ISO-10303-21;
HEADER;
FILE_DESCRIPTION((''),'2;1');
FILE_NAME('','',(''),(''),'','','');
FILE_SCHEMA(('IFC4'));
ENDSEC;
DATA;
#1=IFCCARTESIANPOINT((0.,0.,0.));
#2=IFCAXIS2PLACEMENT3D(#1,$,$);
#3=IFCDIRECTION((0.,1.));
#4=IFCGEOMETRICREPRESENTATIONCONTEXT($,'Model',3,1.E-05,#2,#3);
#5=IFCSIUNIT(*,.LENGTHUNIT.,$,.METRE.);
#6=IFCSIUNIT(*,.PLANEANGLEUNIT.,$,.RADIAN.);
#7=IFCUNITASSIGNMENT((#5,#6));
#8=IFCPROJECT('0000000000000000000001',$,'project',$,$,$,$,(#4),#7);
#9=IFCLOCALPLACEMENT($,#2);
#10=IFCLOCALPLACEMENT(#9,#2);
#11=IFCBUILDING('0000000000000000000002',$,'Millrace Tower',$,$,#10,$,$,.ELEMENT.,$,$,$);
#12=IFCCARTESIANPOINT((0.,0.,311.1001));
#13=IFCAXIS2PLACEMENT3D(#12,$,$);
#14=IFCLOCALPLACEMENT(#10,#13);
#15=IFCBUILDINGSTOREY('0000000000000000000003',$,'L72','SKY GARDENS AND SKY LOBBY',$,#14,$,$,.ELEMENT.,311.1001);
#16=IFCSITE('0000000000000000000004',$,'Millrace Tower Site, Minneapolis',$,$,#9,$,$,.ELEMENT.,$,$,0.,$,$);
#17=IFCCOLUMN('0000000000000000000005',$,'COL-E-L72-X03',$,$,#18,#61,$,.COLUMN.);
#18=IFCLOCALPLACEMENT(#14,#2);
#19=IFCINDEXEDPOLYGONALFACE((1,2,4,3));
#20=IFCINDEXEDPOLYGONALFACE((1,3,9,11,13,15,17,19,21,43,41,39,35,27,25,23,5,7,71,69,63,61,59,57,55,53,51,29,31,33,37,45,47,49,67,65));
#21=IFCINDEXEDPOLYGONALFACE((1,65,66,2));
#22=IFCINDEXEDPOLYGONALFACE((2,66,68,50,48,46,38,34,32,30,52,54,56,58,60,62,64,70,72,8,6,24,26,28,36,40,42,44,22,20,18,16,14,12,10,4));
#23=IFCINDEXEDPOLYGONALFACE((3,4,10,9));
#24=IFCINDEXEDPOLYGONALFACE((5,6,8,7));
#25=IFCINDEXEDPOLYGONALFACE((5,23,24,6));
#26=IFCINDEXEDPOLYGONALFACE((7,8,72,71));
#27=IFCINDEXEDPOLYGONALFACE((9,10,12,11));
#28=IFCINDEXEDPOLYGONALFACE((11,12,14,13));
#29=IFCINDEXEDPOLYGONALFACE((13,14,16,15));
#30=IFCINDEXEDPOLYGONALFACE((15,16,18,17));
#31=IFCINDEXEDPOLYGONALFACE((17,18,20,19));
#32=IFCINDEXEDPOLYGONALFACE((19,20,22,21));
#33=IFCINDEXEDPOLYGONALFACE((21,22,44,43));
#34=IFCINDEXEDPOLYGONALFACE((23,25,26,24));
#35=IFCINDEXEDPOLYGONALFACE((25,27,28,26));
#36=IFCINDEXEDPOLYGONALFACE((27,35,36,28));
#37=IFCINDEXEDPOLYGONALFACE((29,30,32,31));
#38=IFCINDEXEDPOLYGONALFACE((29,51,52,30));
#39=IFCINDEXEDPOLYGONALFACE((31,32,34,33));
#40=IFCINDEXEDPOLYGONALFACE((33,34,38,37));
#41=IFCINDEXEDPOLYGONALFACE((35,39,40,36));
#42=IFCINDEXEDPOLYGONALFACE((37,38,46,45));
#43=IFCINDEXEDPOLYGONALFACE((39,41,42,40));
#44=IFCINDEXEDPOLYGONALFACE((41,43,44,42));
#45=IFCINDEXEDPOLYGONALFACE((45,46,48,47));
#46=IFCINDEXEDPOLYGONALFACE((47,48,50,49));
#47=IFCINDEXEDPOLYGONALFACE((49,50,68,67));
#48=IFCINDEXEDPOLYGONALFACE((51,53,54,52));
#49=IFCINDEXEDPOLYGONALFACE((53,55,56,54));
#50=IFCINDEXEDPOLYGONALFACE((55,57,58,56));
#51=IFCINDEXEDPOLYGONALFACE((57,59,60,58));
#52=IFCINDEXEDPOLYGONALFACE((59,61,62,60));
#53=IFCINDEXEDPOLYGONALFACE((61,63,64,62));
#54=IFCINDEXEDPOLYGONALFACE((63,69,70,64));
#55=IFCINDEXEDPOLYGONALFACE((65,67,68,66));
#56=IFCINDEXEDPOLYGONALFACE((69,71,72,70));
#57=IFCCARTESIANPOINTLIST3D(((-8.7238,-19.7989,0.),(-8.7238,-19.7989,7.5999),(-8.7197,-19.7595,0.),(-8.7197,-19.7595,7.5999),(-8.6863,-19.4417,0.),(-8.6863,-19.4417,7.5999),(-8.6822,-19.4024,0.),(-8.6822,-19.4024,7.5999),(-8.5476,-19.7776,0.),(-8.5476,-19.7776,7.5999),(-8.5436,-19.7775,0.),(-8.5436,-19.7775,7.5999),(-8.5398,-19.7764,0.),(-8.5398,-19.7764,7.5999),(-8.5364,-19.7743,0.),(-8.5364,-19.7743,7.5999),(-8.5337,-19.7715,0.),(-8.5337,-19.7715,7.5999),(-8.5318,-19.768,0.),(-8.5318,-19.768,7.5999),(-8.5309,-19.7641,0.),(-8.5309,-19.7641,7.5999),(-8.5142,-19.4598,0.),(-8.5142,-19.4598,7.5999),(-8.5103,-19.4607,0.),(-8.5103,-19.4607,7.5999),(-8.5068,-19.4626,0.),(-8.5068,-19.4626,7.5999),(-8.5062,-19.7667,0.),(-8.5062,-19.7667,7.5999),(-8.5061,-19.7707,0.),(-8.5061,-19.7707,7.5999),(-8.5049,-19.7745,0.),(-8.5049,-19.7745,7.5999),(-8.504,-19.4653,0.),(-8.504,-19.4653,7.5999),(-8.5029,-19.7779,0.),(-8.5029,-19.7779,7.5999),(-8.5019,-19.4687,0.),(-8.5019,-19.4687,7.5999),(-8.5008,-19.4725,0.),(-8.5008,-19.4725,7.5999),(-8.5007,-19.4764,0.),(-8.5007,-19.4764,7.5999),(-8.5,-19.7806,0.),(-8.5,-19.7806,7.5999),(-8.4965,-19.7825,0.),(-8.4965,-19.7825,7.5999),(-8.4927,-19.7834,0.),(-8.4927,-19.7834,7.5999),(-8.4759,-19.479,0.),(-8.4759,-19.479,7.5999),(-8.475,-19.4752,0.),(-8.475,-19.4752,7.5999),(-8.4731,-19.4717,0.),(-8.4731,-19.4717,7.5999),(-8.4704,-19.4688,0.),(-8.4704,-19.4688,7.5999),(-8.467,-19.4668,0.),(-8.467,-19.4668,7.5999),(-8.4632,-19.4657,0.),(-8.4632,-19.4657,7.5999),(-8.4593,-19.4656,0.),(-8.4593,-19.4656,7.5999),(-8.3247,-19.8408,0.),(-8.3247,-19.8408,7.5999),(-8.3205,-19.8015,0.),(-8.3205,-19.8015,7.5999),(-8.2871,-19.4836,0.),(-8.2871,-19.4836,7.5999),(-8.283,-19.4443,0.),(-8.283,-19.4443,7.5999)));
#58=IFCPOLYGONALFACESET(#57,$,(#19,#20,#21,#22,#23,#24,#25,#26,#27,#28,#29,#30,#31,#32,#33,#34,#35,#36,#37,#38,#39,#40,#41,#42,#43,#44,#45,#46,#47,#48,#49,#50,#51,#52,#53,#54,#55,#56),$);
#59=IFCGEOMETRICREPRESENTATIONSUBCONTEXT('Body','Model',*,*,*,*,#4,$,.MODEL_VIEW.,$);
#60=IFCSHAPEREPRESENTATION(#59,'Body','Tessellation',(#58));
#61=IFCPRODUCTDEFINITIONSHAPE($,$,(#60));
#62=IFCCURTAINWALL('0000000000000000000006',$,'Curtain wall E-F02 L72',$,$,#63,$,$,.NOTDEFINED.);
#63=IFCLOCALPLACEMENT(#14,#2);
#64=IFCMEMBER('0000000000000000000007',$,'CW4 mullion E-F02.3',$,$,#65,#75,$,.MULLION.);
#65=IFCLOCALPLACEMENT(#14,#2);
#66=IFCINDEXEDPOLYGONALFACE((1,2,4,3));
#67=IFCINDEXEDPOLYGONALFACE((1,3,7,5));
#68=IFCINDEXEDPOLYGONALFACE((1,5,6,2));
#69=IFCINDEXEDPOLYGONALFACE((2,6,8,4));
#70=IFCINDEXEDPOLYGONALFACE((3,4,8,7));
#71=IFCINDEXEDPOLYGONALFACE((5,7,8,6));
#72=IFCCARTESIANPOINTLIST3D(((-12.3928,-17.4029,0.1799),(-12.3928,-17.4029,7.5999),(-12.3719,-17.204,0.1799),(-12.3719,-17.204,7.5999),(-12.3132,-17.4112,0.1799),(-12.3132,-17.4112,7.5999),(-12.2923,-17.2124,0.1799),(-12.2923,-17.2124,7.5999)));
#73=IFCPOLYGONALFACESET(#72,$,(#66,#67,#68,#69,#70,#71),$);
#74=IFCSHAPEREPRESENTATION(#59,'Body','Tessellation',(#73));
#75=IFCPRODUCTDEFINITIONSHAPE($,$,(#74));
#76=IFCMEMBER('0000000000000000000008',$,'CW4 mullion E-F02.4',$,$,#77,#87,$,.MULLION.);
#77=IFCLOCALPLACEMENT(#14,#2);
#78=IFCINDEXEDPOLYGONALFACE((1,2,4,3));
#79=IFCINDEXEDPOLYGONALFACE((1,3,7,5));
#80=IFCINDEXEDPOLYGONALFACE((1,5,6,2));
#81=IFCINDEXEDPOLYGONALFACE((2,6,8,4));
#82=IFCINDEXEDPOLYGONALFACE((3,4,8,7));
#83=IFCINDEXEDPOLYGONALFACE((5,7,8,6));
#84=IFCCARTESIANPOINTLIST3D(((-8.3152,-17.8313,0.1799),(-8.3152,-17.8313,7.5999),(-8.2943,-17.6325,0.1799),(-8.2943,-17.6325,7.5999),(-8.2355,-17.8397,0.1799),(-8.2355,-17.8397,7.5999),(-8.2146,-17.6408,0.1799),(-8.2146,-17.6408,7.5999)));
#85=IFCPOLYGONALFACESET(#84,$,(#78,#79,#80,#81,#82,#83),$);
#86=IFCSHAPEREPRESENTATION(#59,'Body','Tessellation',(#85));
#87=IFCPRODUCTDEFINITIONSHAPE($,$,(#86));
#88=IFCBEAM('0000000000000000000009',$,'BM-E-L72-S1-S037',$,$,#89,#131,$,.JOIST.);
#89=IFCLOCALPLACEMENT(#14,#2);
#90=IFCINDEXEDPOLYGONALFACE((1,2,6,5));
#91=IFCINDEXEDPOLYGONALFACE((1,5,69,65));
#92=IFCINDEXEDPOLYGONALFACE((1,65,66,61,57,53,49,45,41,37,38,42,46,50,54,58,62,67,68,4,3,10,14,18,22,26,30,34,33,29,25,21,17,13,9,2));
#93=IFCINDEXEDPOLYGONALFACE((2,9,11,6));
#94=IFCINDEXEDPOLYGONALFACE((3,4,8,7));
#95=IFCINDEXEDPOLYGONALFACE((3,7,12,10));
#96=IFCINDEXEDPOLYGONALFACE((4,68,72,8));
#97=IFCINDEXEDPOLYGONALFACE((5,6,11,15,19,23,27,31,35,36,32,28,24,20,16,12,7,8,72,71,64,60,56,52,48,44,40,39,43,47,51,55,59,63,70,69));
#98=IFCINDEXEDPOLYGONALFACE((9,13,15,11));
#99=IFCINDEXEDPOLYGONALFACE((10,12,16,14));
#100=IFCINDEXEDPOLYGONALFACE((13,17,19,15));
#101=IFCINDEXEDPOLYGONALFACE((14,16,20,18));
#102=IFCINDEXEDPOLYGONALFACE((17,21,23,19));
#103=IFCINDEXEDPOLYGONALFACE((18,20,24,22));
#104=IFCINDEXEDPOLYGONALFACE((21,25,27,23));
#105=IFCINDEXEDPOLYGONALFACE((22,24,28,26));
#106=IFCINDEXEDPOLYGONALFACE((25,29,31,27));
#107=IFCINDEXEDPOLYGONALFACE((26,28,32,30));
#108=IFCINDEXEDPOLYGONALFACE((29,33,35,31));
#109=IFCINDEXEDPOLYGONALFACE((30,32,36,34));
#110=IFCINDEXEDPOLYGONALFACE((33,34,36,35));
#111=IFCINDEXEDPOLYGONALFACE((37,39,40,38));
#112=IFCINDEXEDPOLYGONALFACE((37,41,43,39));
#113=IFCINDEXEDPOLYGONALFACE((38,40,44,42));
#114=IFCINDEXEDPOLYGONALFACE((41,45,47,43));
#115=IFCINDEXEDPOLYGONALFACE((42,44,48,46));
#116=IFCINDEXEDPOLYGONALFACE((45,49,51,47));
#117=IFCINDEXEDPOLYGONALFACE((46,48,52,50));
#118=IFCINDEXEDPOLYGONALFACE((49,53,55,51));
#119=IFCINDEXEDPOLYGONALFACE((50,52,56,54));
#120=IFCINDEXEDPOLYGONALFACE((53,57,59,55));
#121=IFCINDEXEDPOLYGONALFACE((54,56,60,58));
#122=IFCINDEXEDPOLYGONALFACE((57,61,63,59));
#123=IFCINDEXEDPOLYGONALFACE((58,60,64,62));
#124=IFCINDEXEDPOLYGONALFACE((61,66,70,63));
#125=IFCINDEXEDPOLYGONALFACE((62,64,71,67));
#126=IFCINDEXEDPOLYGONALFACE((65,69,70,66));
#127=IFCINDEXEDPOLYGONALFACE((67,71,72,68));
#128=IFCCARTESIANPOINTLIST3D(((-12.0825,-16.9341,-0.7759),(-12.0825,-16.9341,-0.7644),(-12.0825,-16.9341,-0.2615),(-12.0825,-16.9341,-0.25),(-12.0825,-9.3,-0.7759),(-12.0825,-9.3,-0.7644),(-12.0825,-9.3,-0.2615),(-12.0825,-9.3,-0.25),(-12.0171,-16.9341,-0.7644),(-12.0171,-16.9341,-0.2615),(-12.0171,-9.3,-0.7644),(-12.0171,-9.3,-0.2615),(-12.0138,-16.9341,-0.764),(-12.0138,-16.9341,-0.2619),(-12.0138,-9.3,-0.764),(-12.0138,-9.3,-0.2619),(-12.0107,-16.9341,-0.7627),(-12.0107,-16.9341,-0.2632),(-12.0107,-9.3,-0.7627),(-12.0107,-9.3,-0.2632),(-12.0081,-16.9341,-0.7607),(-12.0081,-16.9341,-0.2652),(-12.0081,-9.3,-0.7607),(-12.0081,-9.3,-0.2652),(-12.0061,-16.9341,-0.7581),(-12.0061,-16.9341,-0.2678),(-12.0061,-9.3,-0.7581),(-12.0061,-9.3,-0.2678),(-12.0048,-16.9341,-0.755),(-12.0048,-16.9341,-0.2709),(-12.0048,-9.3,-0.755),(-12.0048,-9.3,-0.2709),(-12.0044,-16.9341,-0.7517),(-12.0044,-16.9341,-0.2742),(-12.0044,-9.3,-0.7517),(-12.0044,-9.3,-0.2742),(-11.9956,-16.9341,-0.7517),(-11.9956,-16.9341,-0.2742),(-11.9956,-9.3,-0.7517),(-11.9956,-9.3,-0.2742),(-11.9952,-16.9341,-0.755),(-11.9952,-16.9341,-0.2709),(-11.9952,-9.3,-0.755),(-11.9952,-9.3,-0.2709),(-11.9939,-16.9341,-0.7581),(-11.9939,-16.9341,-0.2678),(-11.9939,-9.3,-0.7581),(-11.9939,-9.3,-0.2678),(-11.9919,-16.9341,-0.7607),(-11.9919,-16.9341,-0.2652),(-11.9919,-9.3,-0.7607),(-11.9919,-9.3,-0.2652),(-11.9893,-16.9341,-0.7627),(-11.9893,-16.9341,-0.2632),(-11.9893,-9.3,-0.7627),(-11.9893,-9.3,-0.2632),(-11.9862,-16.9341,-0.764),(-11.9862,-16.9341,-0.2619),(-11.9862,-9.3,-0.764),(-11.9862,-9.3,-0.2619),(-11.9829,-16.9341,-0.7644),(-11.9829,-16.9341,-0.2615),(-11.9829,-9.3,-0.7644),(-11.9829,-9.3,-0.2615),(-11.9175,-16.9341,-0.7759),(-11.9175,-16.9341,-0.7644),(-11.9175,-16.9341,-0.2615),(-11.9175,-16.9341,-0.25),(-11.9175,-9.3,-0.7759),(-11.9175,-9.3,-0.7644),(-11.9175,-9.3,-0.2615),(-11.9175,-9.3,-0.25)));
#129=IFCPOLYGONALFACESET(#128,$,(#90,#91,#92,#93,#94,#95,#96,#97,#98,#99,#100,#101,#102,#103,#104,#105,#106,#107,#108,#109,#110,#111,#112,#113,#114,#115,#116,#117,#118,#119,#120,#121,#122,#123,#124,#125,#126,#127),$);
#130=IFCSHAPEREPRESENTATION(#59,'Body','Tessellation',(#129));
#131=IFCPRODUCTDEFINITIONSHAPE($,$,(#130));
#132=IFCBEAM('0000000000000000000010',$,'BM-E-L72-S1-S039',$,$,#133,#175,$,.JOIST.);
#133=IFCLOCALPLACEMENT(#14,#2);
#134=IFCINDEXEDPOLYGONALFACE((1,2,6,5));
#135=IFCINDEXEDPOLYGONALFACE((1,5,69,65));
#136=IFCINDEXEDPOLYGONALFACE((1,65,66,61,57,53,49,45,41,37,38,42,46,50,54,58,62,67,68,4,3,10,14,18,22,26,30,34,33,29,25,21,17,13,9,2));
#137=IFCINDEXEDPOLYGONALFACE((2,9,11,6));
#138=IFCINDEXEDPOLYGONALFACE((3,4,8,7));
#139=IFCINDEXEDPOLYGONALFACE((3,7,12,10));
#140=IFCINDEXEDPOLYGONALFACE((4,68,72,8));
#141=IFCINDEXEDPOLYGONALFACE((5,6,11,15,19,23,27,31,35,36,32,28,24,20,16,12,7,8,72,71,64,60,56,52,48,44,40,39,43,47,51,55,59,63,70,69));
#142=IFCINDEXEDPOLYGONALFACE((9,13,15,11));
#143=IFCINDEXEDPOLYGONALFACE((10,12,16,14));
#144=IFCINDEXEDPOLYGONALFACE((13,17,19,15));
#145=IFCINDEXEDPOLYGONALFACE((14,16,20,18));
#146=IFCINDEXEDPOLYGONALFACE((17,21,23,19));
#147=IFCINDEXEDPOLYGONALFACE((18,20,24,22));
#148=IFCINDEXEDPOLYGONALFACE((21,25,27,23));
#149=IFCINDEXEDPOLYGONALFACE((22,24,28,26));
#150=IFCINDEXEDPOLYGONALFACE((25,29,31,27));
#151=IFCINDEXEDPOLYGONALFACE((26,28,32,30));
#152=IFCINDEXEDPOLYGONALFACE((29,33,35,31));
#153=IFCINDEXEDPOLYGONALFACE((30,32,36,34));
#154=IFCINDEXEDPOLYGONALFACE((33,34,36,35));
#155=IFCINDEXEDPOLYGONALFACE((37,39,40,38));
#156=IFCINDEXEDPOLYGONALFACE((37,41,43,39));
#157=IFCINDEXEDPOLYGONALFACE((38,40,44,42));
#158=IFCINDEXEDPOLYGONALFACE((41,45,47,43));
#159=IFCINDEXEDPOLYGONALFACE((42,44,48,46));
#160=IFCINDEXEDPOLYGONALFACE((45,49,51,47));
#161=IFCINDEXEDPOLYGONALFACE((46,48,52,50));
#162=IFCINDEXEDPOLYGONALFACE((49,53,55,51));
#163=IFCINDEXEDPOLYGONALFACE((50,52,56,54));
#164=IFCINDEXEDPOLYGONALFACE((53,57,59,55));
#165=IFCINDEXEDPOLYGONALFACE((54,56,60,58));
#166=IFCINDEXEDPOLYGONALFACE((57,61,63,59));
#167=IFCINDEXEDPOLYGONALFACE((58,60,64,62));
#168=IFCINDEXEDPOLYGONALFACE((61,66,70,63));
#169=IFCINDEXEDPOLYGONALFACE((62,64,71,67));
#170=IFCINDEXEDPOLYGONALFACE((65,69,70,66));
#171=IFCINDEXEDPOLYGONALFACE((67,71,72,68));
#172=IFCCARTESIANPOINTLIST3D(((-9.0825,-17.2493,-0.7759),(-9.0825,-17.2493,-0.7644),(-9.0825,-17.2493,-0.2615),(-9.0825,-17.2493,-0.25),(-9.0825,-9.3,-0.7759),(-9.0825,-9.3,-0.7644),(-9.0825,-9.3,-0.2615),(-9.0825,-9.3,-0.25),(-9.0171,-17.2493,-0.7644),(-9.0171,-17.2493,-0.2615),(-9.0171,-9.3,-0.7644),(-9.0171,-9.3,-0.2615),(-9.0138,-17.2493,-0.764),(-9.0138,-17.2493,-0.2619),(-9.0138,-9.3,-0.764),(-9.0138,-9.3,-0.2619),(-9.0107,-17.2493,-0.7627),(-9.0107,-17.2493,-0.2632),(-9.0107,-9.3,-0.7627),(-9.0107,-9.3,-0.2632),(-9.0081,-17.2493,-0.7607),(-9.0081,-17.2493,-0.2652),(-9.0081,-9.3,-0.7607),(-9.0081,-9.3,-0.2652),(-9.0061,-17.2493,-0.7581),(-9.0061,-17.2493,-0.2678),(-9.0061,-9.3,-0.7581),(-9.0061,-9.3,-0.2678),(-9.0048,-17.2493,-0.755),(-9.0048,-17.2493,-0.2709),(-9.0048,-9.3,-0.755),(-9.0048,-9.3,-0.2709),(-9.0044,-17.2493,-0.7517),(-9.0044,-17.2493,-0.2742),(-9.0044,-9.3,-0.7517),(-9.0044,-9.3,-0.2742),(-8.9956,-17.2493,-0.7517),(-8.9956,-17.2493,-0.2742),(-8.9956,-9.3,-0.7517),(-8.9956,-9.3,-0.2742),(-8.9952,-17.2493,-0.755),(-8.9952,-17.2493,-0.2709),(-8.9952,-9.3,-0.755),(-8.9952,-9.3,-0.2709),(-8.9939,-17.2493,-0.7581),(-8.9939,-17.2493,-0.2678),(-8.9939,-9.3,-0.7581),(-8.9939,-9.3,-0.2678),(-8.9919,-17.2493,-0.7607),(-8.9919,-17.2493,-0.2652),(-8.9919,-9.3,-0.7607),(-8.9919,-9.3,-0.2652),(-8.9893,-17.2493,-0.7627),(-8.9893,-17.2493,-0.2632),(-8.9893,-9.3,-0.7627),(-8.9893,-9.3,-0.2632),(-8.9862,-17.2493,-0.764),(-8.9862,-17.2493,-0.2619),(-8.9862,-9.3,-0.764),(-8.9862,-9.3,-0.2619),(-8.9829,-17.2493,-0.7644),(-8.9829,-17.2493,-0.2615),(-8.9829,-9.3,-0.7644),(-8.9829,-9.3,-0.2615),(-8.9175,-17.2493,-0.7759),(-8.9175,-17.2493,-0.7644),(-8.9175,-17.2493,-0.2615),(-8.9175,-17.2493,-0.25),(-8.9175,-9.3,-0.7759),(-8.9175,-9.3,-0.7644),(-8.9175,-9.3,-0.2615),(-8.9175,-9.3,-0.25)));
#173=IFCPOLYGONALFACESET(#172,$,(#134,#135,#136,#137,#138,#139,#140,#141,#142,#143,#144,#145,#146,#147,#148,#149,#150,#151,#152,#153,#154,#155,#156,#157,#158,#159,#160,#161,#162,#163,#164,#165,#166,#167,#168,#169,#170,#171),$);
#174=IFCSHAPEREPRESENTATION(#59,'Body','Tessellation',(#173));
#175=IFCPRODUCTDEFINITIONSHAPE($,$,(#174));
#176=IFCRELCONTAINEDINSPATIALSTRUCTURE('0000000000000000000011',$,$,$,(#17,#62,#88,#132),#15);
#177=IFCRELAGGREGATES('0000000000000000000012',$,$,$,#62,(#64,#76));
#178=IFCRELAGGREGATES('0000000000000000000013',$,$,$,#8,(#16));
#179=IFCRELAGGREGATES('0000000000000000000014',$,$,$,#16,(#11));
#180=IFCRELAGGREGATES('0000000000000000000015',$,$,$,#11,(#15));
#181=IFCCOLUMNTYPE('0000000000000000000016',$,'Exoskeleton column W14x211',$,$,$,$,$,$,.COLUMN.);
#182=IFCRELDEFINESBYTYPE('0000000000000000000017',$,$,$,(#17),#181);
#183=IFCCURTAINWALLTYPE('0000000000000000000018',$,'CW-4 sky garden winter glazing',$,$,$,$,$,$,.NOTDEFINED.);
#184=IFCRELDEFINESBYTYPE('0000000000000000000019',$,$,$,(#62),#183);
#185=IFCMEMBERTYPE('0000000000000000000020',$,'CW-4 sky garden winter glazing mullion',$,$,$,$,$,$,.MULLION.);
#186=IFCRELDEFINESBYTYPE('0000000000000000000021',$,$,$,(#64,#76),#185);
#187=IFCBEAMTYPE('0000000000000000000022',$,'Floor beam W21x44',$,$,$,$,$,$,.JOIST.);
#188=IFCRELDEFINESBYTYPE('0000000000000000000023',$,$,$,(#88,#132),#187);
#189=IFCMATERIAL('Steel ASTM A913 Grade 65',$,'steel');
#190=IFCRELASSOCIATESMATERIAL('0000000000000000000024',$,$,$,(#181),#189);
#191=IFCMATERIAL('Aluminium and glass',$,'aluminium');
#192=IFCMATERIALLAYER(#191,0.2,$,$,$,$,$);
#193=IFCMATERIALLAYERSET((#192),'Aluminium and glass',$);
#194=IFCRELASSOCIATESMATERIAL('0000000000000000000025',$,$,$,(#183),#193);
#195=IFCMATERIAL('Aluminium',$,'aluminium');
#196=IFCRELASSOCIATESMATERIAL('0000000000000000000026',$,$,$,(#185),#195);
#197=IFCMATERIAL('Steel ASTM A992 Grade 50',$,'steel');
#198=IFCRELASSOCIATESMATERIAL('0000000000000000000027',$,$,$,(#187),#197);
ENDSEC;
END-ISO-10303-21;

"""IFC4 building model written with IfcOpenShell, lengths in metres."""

from ifc_helpers import new_model, si_unit, direction, frame, origin, origin_2d, place, context, subcontext, project, spatial, rectangle, i_section, extrude, material, layer, layer_set, material_profile, profile_set, type_object, element, aggregate, save


model = new_model("IFC4")

# Units and contexts
model_context = context("Model", 3, precision=1e-05, world=origin(), true_north=direction((0.0, 1.0)))
body_context = subcontext(model_context, "Body", "Model", "MODEL_VIEW")
ifc_project = project(units=[si_unit("LENGTHUNIT", "METRE"), si_unit("PLANEANGLEUNIT", "RADIAN")], contexts=[model_context])

# Site, building, storey
site_placement = place(None, origin())
site = spatial("IfcSite", under=ifc_project, at=site_placement, Name="Millrace Tower Site, Minneapolis", CompositionType="ELEMENT", RefElevation=0.0)
building_placement = place(site_placement, origin())
building = spatial("IfcBuilding", under=site, at=building_placement, Name="Millrace Tower", CompositionType="ELEMENT")
storey_placement = place(building_placement, frame((0.0, 0.0, 311.1001)))
storey = spatial("IfcBuildingStorey", under=building, at=storey_placement, Name="L72", Description="SKY GARDENS AND SKY LOBBY", CompositionType="ELEMENT", Elevation=311.1001)

# Column
ifc_material_1 = material(Name="Steel ASTM A913 Grade 65", Category="steel")
ifc_material_profile_1 = material_profile(ifc_material_1, i_section(OverallWidth=0.4014, OverallDepth=0.3987, WebThickness=0.0249, FlangeThickness=0.0396, FilletRadius=0.0151, at=origin_2d()))
ifc_profile_set_1 = profile_set([ifc_material_profile_1], Name="Steel ASTM A913 Grade 65")
column_type = type_object("IfcColumnType", Name="Exoskeleton column W14x211", PredefinedType="COLUMN", material=ifc_profile_set_1)
column_placement = place(storey_placement, frame((-8.5034, -19.6216, 0.0), z_axis=(0.0, 0.0, 1.0), x_axis=(0.994522, -0.104528, 0.0)))
element("IfcColumn", 1, at=column_placement, inside=storey, type_object=column_type, Name="COL-E-L72-X03", PredefinedType="COLUMN", context=body_context, shape_type="SweptSolid", body=[
    extrude(i_section(OverallWidth=0.4014, OverallDepth=0.3987, WebThickness=0.0249, FlangeThickness=0.0396, FilletRadius=0.0151, at=origin_2d()), origin(), (0.0, 0.0, 1.0), 7.5999),
])

# Curtain wall, members
ifc_material_2 = material(Name="Aluminium and glass", Category="aluminium")
ifc_layer_1 = layer(ifc_material_2, 0.2)
ifc_layer_set_1 = layer_set([ifc_layer_1], Name="Aluminium and glass")
curtain_wall_type = type_object("IfcCurtainWallType", Name="CW-4 sky garden winter glazing", PredefinedType="NOTDEFINED", material=ifc_layer_set_1)
curtain_wall_placement = place(storey_placement, origin())
curtain_wall = element("IfcCurtainWall", 2, at=curtain_wall_placement, inside=storey, type_object=curtain_wall_type, Name="Curtain wall E-F02 L72", PredefinedType="NOTDEFINED")
ifc_material_3 = material(Name="Aluminium", Category="aluminium")
ifc_material_profile_2 = material_profile(ifc_material_3, rectangle(XDim=0.0801, YDim=0.2, at=origin_2d()))
ifc_profile_set_2 = profile_set([ifc_material_profile_2], Name="Aluminium")
member_type = type_object("IfcMemberType", Name="CW-4 sky garden winter glazing mullion", PredefinedType="MULLION", material=ifc_profile_set_2)
member_1_placement = place(storey_placement, frame((-12.3425, -17.3076, 0.1799), z_axis=(0.0, 0.0, 1.0), x_axis=(0.994522, -0.104528, 0.0)))
member_1 = element("IfcMember", 3, at=member_1_placement, type_object=member_type, Name="CW4 mullion E-F02.3", PredefinedType="MULLION", context=body_context, shape_type="SweptSolid", body=[
    extrude(rectangle(XDim=0.0801, YDim=0.2, at=origin_2d()), origin(), (0.0, 0.0, 1.0), 7.4199),
])
member_2_placement = place(storey_placement, frame((-8.2649, -17.7361, 0.1799), z_axis=(0.0, 0.0, 1.0), x_axis=(0.994522, -0.104528, 0.0)))
member_2 = element("IfcMember", 4, at=member_2_placement, type_object=member_type, Name="CW4 mullion E-F02.4", PredefinedType="MULLION", context=body_context, shape_type="SweptSolid", body=[
    extrude(rectangle(XDim=0.0801, YDim=0.2, at=origin_2d()), origin(), (0.0, 0.0, 1.0), 7.4199),
])
aggregate(curtain_wall, [member_1, member_2])

# Beams
ifc_material_4 = material(Name="Steel ASTM A992 Grade 50", Category="steel")
ifc_material_profile_3 = material_profile(ifc_material_4, i_section(OverallWidth=0.165, OverallDepth=0.5259, WebThickness=0.0088, FlangeThickness=0.0115, FilletRadius=0.0127, at=origin_2d()))
ifc_profile_set_3 = profile_set([ifc_material_profile_3], Name="Steel ASTM A992 Grade 50")
beam_type_1 = type_object("IfcBeamType", Name="Floor beam W21x44", PredefinedType="JOIST", material=ifc_profile_set_3)
beam_1_placement = place(storey_placement, frame((-12.0, -16.9341, -0.5129), z_axis=(0.0, 1.0, 0.0), x_axis=(-1.0, 0.0, 0.0)))
element("IfcBeam", 5, at=beam_1_placement, inside=storey, type_object=beam_type_1, Name="BM-E-L72-S1-S037", PredefinedType="JOIST", context=body_context, shape_type="SweptSolid", body=[
    extrude(i_section(OverallWidth=0.165, OverallDepth=0.5259, WebThickness=0.0088, FlangeThickness=0.0115, FilletRadius=0.0127, at=origin_2d()), origin(), (0.0, 0.0, 1.0), 7.634),
])
beam_2_placement = place(storey_placement, frame((-9.0, -17.2493, -0.5129), z_axis=(0.0, 1.0, 0.0), x_axis=(-1.0, 0.0, 0.0)))
element("IfcBeam", 6, at=beam_2_placement, inside=storey, type_object=beam_type_1, Name="BM-E-L72-S1-S039", PredefinedType="JOIST", context=body_context, shape_type="SweptSolid", body=[
    extrude(i_section(OverallWidth=0.165, OverallDepth=0.5259, WebThickness=0.0088, FlangeThickness=0.0115, FilletRadius=0.0127, at=origin_2d()), origin(), (0.0, 0.0, 1.0), 7.9492),
])

save(model, "model.ifc")
